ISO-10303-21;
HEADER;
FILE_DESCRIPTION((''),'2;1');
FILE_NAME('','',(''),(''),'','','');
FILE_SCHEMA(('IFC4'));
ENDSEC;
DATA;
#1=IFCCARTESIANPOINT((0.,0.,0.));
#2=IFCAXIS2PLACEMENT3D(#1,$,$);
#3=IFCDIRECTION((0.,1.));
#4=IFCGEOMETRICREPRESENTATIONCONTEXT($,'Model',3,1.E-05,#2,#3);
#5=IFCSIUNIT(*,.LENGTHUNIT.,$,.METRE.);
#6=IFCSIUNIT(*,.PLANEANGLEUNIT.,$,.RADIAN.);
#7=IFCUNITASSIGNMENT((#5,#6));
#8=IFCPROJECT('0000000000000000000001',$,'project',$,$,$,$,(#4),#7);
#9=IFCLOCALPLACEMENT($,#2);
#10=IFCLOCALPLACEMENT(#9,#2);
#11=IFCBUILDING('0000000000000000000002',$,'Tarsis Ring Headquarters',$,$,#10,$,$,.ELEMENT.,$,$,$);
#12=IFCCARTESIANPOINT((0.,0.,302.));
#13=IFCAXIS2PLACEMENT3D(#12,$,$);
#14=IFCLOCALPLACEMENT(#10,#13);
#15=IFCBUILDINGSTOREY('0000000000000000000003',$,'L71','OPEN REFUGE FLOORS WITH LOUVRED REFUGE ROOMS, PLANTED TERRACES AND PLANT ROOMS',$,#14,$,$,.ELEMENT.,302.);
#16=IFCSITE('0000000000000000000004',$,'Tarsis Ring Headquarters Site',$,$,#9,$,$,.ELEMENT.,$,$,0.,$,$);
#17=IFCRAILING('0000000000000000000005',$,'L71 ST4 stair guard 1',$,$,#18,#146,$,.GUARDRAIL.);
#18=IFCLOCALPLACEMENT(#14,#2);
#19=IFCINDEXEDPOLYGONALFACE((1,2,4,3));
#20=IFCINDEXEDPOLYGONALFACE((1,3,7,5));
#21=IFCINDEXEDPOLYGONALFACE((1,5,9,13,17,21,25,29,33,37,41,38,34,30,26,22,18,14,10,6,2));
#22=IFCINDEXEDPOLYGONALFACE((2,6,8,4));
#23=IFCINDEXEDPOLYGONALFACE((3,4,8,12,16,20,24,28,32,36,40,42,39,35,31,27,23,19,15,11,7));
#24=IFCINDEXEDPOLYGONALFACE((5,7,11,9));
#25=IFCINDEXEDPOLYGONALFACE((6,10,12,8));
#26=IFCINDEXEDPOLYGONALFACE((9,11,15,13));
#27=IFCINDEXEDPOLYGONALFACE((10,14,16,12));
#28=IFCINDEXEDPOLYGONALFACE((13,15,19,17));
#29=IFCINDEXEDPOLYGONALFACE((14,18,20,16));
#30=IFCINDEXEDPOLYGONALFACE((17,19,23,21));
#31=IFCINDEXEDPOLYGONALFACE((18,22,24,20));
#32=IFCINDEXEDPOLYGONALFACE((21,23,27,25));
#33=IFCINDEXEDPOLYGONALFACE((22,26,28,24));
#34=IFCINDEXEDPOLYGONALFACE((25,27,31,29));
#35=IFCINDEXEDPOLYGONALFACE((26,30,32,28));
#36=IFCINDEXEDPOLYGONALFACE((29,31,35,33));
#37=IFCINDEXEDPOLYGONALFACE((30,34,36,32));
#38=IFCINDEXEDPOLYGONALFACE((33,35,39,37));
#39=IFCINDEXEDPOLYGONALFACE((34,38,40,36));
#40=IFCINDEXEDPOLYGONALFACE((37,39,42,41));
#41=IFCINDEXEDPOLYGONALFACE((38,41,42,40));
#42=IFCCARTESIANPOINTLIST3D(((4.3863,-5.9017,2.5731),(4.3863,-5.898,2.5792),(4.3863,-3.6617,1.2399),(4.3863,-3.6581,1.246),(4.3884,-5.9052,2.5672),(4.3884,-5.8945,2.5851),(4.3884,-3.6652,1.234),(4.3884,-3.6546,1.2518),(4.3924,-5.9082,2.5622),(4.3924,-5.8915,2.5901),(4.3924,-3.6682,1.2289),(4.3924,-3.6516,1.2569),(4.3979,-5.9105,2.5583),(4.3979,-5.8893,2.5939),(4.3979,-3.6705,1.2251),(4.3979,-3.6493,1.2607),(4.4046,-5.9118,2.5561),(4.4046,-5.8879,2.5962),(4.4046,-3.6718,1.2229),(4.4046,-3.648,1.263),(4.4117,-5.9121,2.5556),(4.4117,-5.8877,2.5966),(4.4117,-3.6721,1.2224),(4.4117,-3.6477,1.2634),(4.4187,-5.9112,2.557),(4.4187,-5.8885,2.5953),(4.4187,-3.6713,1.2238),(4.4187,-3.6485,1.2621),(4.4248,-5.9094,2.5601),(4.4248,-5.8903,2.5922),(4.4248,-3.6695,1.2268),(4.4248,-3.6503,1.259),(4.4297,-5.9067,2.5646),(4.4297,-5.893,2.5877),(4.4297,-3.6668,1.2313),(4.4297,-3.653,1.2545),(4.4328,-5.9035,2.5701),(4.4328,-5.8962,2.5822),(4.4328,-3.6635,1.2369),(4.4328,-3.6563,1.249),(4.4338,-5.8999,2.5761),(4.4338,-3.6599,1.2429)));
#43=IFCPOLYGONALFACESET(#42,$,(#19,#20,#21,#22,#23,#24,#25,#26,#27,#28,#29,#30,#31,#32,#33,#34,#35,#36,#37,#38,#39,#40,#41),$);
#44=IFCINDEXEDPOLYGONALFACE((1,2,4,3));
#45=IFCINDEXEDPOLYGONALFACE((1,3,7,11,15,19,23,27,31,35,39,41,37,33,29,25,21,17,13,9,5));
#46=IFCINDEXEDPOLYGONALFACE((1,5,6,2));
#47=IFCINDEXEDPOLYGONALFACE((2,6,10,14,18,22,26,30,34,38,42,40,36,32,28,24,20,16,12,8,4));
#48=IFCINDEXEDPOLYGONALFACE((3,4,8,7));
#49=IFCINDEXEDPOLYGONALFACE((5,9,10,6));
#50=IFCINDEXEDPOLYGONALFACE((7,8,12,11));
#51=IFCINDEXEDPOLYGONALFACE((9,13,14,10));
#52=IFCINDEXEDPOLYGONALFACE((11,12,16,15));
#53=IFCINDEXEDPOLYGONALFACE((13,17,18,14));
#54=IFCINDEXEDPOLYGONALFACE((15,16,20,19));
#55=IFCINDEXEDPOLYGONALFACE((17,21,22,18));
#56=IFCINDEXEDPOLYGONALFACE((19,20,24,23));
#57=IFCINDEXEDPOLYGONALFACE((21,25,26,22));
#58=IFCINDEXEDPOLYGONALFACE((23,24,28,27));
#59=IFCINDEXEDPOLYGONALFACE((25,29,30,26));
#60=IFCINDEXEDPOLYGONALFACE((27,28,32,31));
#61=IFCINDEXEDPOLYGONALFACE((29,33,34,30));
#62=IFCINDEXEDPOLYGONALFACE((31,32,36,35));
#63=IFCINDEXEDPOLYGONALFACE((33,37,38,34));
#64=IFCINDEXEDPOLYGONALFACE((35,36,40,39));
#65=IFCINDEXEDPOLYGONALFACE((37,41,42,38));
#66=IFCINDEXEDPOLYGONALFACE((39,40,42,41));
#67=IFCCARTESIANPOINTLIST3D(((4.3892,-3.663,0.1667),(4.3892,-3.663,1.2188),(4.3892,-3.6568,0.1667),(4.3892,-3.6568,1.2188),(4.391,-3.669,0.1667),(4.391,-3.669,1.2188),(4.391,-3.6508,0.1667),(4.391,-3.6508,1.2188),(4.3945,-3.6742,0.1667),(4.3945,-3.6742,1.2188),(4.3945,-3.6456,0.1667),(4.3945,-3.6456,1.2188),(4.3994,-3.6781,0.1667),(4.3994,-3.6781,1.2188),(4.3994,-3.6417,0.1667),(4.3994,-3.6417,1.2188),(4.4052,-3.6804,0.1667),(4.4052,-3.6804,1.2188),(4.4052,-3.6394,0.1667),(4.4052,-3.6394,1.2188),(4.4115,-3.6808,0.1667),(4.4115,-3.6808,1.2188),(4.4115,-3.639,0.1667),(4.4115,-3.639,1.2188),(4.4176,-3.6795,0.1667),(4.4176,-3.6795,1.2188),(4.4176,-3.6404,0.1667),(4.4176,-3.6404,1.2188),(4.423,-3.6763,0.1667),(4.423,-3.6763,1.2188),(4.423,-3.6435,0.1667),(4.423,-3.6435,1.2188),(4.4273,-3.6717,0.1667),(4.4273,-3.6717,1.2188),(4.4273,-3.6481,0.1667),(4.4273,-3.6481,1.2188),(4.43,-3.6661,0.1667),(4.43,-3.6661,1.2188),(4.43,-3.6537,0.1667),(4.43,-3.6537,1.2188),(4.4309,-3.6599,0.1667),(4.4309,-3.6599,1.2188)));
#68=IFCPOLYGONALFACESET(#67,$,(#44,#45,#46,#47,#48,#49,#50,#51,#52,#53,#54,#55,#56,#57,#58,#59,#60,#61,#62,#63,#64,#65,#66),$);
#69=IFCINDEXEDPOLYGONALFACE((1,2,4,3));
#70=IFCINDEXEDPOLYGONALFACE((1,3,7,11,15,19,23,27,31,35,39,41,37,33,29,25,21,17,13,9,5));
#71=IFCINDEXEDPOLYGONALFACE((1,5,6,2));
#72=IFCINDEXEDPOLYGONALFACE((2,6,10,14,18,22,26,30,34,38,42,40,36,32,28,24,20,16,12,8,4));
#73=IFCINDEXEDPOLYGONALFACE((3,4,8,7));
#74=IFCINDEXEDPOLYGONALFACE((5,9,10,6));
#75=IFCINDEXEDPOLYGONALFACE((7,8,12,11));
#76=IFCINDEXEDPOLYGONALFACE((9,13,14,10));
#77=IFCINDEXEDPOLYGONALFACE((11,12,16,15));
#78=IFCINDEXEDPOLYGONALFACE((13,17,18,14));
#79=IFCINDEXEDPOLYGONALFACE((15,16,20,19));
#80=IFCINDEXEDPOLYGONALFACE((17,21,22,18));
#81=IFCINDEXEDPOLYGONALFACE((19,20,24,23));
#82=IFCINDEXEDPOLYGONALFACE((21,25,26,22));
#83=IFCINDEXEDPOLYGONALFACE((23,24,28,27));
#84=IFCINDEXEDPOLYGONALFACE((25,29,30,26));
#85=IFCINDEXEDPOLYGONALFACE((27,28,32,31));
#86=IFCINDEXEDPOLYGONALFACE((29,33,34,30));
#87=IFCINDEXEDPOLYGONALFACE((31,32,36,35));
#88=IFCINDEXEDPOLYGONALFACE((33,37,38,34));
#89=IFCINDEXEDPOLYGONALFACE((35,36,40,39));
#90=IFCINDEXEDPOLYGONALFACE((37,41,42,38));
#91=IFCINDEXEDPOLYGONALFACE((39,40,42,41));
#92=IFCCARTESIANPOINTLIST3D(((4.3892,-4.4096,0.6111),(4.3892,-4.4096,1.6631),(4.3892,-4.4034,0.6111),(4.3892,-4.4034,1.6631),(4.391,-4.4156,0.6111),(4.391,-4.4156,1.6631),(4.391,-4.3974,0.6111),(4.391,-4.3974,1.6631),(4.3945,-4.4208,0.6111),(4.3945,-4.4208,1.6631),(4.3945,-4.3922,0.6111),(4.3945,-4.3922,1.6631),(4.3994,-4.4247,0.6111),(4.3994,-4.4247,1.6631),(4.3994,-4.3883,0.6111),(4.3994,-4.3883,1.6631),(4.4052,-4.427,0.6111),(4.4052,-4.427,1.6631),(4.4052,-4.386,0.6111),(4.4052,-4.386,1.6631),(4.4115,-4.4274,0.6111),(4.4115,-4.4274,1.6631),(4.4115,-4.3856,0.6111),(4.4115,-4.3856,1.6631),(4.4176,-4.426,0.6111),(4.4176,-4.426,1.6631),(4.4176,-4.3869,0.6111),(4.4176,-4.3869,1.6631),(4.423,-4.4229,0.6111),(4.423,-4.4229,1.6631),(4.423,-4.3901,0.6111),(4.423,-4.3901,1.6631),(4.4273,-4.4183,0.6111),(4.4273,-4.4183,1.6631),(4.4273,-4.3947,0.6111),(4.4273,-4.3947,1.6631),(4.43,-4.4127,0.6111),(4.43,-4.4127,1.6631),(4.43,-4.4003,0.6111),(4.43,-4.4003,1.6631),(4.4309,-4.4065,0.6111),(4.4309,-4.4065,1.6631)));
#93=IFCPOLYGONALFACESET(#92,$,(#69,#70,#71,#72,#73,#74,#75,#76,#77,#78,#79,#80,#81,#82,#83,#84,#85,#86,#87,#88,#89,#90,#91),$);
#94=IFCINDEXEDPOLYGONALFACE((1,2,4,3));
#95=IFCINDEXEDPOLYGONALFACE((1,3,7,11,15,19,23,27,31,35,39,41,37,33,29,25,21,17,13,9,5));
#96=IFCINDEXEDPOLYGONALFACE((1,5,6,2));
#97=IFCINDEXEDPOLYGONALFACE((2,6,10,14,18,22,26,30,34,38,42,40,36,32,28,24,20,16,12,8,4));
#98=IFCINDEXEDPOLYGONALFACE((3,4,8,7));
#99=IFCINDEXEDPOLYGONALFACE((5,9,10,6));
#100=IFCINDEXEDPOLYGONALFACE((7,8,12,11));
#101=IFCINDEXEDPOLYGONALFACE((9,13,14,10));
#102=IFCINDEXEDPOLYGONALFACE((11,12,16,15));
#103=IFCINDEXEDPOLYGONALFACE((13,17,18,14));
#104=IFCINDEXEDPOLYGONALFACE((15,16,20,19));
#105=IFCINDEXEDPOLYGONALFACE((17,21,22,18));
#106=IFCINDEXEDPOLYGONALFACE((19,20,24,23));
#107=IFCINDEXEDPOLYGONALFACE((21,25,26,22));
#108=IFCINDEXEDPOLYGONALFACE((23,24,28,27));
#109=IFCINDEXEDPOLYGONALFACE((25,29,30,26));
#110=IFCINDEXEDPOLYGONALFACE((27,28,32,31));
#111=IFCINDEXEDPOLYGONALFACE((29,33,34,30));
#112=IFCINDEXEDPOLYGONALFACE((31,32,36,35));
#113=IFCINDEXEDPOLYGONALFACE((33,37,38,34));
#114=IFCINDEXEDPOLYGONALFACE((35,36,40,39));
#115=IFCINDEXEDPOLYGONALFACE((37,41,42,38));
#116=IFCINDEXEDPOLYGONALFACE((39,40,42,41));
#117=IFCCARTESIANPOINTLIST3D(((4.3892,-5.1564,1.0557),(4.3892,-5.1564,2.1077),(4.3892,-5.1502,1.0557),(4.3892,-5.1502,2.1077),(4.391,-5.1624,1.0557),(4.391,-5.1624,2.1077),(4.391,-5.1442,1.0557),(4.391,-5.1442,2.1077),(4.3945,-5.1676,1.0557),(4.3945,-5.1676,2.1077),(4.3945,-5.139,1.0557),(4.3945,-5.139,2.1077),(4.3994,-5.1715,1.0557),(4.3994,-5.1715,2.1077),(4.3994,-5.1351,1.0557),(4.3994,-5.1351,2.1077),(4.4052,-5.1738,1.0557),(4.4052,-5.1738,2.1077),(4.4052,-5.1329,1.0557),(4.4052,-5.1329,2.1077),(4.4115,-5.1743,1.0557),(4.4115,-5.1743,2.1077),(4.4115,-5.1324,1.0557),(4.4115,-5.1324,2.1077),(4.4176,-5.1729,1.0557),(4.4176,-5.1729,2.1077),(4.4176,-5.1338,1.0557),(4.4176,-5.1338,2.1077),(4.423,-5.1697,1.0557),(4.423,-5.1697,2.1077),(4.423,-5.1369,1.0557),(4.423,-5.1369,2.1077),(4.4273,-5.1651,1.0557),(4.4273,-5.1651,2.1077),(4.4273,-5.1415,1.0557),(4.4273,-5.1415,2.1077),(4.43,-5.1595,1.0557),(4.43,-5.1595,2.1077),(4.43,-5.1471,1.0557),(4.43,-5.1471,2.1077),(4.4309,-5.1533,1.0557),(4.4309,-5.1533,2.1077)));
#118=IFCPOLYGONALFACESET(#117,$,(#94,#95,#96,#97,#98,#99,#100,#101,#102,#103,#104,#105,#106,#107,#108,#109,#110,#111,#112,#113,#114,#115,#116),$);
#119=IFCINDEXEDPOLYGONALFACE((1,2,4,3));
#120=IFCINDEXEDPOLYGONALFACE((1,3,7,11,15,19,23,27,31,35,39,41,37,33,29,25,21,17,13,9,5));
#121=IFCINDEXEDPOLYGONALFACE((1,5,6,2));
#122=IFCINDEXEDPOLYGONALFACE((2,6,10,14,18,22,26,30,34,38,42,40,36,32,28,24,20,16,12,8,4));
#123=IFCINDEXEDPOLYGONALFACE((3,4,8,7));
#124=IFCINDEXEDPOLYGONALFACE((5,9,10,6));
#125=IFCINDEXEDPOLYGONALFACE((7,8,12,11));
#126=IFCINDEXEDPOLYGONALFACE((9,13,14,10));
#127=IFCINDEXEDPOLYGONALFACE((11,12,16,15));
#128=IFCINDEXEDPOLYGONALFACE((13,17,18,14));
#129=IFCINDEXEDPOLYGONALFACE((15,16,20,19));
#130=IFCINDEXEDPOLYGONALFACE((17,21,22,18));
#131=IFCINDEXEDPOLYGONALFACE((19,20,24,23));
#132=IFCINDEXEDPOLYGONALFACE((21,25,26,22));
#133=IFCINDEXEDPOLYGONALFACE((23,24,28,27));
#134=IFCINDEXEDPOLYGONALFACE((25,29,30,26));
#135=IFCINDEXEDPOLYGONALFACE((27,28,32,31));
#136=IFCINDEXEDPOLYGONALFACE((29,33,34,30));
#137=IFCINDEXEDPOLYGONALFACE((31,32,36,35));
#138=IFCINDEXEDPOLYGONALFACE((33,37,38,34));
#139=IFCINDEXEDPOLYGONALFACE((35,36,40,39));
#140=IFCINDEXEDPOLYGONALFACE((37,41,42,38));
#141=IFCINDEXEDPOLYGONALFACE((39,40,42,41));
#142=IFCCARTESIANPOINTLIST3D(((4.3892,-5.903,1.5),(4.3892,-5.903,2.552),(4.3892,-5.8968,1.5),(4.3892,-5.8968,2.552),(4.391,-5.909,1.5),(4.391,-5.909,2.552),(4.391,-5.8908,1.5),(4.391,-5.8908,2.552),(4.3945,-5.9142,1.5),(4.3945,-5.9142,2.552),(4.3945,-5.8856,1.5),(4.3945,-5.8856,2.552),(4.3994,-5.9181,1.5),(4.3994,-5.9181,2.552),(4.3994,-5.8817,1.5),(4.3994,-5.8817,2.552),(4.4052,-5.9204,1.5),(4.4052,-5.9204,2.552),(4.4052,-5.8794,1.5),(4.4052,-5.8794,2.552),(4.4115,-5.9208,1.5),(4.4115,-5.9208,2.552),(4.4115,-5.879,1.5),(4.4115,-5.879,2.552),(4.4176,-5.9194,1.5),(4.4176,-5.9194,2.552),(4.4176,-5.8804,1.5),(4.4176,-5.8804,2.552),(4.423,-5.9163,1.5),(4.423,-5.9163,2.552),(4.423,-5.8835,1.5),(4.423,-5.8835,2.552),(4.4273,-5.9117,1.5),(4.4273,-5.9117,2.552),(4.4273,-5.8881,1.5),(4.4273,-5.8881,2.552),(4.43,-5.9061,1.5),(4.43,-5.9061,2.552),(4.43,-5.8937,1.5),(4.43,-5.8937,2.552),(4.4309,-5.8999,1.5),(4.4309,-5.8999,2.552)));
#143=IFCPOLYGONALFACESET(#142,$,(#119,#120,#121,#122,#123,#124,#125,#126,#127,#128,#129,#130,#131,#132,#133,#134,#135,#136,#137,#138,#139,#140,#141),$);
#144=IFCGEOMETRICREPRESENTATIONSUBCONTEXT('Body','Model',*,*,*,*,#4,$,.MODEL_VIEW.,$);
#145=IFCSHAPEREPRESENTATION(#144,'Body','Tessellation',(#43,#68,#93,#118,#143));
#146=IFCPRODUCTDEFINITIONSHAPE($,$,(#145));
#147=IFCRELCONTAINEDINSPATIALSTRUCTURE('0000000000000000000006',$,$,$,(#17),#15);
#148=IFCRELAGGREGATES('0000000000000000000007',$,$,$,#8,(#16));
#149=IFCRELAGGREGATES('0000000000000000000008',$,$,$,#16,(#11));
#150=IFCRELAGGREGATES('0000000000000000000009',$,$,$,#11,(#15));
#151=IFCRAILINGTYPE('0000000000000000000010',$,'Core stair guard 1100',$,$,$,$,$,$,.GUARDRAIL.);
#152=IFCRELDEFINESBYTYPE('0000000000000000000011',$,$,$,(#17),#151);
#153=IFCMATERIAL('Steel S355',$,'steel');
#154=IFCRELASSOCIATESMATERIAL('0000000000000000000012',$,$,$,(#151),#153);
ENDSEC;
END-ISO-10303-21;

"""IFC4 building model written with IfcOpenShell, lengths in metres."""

from ifc_helpers import new_model, si_unit, direction, frame, origin, origin_2d, place, context, subcontext, project, spatial, circle, extrude, material, type_object, element, save


model = new_model("IFC4")

# Units and contexts
model_context = context("Model", 3, precision=1e-05, world=origin(), true_north=direction((0.0, 1.0)))
body_context = subcontext(model_context, "Body", "Model", "MODEL_VIEW")
ifc_project = project(units=[si_unit("LENGTHUNIT", "METRE"), si_unit("PLANEANGLEUNIT", "RADIAN")], contexts=[model_context])

# Site, building, storey
site_placement = place(None, origin())
site = spatial("IfcSite", under=ifc_project, at=site_placement, Name="Tarsis Ring Headquarters Site", CompositionType="ELEMENT", RefElevation=0.0)
building_placement = place(site_placement, origin())
building = spatial("IfcBuilding", under=site, at=building_placement, Name="Tarsis Ring Headquarters", CompositionType="ELEMENT")
storey_placement = place(building_placement, frame((0.0, 0.0, 302.0)))
storey = spatial("IfcBuildingStorey", under=building, at=storey_placement, Name="L71", Description="OPEN REFUGE FLOORS WITH LOUVRED REFUGE ROOMS, PLANTED TERRACES AND PLANT ROOMS", CompositionType="ELEMENT", Elevation=302.0)

# Railing
ifc_material_1 = material(Name="Steel S355", Category="steel")
railing_type_1 = type_object("IfcRailingType", Name="Core stair guard 1100", PredefinedType="GUARDRAIL", material=ifc_material_1)
railing_1_placement = place(storey_placement, frame((4.4099, -3.6599, 0.1667)))
element("IfcRailing", 1, at=railing_1_placement, inside=storey, type_object=railing_type_1, Name="L71 ST4 stair guard 1", PredefinedType="GUARDRAIL", context=body_context, shape_type="SweptSolid", body=[
    extrude(circle(Radius=0.0239, at=origin_2d()), frame((0.0, 0.0, 1.0762), z_axis=(0.0, -0.859306, 0.511462), x_axis=(1.0, 0.0, 0.0)), (0.0, 0.0, 1.0), 2.6067),
    extrude(circle(Radius=0.021, at=origin_2d()), origin(), (0.0, 0.0, 1.0), 1.052),
    extrude(circle(Radius=0.021, at=origin_2d()), frame((0.0, -0.7466, 0.4443)), (0.0, 0.0, 1.0), 1.052),
    extrude(circle(Radius=0.021, at=origin_2d()), frame((0.0, -1.4934, 0.8889)), (0.0, 0.0, 1.0), 1.052),
    extrude(circle(Radius=0.021, at=origin_2d()), frame((0.0, -2.24, 1.3333)), (0.0, 0.0, 1.0), 1.052),
])

save(model, "model.ifc")
